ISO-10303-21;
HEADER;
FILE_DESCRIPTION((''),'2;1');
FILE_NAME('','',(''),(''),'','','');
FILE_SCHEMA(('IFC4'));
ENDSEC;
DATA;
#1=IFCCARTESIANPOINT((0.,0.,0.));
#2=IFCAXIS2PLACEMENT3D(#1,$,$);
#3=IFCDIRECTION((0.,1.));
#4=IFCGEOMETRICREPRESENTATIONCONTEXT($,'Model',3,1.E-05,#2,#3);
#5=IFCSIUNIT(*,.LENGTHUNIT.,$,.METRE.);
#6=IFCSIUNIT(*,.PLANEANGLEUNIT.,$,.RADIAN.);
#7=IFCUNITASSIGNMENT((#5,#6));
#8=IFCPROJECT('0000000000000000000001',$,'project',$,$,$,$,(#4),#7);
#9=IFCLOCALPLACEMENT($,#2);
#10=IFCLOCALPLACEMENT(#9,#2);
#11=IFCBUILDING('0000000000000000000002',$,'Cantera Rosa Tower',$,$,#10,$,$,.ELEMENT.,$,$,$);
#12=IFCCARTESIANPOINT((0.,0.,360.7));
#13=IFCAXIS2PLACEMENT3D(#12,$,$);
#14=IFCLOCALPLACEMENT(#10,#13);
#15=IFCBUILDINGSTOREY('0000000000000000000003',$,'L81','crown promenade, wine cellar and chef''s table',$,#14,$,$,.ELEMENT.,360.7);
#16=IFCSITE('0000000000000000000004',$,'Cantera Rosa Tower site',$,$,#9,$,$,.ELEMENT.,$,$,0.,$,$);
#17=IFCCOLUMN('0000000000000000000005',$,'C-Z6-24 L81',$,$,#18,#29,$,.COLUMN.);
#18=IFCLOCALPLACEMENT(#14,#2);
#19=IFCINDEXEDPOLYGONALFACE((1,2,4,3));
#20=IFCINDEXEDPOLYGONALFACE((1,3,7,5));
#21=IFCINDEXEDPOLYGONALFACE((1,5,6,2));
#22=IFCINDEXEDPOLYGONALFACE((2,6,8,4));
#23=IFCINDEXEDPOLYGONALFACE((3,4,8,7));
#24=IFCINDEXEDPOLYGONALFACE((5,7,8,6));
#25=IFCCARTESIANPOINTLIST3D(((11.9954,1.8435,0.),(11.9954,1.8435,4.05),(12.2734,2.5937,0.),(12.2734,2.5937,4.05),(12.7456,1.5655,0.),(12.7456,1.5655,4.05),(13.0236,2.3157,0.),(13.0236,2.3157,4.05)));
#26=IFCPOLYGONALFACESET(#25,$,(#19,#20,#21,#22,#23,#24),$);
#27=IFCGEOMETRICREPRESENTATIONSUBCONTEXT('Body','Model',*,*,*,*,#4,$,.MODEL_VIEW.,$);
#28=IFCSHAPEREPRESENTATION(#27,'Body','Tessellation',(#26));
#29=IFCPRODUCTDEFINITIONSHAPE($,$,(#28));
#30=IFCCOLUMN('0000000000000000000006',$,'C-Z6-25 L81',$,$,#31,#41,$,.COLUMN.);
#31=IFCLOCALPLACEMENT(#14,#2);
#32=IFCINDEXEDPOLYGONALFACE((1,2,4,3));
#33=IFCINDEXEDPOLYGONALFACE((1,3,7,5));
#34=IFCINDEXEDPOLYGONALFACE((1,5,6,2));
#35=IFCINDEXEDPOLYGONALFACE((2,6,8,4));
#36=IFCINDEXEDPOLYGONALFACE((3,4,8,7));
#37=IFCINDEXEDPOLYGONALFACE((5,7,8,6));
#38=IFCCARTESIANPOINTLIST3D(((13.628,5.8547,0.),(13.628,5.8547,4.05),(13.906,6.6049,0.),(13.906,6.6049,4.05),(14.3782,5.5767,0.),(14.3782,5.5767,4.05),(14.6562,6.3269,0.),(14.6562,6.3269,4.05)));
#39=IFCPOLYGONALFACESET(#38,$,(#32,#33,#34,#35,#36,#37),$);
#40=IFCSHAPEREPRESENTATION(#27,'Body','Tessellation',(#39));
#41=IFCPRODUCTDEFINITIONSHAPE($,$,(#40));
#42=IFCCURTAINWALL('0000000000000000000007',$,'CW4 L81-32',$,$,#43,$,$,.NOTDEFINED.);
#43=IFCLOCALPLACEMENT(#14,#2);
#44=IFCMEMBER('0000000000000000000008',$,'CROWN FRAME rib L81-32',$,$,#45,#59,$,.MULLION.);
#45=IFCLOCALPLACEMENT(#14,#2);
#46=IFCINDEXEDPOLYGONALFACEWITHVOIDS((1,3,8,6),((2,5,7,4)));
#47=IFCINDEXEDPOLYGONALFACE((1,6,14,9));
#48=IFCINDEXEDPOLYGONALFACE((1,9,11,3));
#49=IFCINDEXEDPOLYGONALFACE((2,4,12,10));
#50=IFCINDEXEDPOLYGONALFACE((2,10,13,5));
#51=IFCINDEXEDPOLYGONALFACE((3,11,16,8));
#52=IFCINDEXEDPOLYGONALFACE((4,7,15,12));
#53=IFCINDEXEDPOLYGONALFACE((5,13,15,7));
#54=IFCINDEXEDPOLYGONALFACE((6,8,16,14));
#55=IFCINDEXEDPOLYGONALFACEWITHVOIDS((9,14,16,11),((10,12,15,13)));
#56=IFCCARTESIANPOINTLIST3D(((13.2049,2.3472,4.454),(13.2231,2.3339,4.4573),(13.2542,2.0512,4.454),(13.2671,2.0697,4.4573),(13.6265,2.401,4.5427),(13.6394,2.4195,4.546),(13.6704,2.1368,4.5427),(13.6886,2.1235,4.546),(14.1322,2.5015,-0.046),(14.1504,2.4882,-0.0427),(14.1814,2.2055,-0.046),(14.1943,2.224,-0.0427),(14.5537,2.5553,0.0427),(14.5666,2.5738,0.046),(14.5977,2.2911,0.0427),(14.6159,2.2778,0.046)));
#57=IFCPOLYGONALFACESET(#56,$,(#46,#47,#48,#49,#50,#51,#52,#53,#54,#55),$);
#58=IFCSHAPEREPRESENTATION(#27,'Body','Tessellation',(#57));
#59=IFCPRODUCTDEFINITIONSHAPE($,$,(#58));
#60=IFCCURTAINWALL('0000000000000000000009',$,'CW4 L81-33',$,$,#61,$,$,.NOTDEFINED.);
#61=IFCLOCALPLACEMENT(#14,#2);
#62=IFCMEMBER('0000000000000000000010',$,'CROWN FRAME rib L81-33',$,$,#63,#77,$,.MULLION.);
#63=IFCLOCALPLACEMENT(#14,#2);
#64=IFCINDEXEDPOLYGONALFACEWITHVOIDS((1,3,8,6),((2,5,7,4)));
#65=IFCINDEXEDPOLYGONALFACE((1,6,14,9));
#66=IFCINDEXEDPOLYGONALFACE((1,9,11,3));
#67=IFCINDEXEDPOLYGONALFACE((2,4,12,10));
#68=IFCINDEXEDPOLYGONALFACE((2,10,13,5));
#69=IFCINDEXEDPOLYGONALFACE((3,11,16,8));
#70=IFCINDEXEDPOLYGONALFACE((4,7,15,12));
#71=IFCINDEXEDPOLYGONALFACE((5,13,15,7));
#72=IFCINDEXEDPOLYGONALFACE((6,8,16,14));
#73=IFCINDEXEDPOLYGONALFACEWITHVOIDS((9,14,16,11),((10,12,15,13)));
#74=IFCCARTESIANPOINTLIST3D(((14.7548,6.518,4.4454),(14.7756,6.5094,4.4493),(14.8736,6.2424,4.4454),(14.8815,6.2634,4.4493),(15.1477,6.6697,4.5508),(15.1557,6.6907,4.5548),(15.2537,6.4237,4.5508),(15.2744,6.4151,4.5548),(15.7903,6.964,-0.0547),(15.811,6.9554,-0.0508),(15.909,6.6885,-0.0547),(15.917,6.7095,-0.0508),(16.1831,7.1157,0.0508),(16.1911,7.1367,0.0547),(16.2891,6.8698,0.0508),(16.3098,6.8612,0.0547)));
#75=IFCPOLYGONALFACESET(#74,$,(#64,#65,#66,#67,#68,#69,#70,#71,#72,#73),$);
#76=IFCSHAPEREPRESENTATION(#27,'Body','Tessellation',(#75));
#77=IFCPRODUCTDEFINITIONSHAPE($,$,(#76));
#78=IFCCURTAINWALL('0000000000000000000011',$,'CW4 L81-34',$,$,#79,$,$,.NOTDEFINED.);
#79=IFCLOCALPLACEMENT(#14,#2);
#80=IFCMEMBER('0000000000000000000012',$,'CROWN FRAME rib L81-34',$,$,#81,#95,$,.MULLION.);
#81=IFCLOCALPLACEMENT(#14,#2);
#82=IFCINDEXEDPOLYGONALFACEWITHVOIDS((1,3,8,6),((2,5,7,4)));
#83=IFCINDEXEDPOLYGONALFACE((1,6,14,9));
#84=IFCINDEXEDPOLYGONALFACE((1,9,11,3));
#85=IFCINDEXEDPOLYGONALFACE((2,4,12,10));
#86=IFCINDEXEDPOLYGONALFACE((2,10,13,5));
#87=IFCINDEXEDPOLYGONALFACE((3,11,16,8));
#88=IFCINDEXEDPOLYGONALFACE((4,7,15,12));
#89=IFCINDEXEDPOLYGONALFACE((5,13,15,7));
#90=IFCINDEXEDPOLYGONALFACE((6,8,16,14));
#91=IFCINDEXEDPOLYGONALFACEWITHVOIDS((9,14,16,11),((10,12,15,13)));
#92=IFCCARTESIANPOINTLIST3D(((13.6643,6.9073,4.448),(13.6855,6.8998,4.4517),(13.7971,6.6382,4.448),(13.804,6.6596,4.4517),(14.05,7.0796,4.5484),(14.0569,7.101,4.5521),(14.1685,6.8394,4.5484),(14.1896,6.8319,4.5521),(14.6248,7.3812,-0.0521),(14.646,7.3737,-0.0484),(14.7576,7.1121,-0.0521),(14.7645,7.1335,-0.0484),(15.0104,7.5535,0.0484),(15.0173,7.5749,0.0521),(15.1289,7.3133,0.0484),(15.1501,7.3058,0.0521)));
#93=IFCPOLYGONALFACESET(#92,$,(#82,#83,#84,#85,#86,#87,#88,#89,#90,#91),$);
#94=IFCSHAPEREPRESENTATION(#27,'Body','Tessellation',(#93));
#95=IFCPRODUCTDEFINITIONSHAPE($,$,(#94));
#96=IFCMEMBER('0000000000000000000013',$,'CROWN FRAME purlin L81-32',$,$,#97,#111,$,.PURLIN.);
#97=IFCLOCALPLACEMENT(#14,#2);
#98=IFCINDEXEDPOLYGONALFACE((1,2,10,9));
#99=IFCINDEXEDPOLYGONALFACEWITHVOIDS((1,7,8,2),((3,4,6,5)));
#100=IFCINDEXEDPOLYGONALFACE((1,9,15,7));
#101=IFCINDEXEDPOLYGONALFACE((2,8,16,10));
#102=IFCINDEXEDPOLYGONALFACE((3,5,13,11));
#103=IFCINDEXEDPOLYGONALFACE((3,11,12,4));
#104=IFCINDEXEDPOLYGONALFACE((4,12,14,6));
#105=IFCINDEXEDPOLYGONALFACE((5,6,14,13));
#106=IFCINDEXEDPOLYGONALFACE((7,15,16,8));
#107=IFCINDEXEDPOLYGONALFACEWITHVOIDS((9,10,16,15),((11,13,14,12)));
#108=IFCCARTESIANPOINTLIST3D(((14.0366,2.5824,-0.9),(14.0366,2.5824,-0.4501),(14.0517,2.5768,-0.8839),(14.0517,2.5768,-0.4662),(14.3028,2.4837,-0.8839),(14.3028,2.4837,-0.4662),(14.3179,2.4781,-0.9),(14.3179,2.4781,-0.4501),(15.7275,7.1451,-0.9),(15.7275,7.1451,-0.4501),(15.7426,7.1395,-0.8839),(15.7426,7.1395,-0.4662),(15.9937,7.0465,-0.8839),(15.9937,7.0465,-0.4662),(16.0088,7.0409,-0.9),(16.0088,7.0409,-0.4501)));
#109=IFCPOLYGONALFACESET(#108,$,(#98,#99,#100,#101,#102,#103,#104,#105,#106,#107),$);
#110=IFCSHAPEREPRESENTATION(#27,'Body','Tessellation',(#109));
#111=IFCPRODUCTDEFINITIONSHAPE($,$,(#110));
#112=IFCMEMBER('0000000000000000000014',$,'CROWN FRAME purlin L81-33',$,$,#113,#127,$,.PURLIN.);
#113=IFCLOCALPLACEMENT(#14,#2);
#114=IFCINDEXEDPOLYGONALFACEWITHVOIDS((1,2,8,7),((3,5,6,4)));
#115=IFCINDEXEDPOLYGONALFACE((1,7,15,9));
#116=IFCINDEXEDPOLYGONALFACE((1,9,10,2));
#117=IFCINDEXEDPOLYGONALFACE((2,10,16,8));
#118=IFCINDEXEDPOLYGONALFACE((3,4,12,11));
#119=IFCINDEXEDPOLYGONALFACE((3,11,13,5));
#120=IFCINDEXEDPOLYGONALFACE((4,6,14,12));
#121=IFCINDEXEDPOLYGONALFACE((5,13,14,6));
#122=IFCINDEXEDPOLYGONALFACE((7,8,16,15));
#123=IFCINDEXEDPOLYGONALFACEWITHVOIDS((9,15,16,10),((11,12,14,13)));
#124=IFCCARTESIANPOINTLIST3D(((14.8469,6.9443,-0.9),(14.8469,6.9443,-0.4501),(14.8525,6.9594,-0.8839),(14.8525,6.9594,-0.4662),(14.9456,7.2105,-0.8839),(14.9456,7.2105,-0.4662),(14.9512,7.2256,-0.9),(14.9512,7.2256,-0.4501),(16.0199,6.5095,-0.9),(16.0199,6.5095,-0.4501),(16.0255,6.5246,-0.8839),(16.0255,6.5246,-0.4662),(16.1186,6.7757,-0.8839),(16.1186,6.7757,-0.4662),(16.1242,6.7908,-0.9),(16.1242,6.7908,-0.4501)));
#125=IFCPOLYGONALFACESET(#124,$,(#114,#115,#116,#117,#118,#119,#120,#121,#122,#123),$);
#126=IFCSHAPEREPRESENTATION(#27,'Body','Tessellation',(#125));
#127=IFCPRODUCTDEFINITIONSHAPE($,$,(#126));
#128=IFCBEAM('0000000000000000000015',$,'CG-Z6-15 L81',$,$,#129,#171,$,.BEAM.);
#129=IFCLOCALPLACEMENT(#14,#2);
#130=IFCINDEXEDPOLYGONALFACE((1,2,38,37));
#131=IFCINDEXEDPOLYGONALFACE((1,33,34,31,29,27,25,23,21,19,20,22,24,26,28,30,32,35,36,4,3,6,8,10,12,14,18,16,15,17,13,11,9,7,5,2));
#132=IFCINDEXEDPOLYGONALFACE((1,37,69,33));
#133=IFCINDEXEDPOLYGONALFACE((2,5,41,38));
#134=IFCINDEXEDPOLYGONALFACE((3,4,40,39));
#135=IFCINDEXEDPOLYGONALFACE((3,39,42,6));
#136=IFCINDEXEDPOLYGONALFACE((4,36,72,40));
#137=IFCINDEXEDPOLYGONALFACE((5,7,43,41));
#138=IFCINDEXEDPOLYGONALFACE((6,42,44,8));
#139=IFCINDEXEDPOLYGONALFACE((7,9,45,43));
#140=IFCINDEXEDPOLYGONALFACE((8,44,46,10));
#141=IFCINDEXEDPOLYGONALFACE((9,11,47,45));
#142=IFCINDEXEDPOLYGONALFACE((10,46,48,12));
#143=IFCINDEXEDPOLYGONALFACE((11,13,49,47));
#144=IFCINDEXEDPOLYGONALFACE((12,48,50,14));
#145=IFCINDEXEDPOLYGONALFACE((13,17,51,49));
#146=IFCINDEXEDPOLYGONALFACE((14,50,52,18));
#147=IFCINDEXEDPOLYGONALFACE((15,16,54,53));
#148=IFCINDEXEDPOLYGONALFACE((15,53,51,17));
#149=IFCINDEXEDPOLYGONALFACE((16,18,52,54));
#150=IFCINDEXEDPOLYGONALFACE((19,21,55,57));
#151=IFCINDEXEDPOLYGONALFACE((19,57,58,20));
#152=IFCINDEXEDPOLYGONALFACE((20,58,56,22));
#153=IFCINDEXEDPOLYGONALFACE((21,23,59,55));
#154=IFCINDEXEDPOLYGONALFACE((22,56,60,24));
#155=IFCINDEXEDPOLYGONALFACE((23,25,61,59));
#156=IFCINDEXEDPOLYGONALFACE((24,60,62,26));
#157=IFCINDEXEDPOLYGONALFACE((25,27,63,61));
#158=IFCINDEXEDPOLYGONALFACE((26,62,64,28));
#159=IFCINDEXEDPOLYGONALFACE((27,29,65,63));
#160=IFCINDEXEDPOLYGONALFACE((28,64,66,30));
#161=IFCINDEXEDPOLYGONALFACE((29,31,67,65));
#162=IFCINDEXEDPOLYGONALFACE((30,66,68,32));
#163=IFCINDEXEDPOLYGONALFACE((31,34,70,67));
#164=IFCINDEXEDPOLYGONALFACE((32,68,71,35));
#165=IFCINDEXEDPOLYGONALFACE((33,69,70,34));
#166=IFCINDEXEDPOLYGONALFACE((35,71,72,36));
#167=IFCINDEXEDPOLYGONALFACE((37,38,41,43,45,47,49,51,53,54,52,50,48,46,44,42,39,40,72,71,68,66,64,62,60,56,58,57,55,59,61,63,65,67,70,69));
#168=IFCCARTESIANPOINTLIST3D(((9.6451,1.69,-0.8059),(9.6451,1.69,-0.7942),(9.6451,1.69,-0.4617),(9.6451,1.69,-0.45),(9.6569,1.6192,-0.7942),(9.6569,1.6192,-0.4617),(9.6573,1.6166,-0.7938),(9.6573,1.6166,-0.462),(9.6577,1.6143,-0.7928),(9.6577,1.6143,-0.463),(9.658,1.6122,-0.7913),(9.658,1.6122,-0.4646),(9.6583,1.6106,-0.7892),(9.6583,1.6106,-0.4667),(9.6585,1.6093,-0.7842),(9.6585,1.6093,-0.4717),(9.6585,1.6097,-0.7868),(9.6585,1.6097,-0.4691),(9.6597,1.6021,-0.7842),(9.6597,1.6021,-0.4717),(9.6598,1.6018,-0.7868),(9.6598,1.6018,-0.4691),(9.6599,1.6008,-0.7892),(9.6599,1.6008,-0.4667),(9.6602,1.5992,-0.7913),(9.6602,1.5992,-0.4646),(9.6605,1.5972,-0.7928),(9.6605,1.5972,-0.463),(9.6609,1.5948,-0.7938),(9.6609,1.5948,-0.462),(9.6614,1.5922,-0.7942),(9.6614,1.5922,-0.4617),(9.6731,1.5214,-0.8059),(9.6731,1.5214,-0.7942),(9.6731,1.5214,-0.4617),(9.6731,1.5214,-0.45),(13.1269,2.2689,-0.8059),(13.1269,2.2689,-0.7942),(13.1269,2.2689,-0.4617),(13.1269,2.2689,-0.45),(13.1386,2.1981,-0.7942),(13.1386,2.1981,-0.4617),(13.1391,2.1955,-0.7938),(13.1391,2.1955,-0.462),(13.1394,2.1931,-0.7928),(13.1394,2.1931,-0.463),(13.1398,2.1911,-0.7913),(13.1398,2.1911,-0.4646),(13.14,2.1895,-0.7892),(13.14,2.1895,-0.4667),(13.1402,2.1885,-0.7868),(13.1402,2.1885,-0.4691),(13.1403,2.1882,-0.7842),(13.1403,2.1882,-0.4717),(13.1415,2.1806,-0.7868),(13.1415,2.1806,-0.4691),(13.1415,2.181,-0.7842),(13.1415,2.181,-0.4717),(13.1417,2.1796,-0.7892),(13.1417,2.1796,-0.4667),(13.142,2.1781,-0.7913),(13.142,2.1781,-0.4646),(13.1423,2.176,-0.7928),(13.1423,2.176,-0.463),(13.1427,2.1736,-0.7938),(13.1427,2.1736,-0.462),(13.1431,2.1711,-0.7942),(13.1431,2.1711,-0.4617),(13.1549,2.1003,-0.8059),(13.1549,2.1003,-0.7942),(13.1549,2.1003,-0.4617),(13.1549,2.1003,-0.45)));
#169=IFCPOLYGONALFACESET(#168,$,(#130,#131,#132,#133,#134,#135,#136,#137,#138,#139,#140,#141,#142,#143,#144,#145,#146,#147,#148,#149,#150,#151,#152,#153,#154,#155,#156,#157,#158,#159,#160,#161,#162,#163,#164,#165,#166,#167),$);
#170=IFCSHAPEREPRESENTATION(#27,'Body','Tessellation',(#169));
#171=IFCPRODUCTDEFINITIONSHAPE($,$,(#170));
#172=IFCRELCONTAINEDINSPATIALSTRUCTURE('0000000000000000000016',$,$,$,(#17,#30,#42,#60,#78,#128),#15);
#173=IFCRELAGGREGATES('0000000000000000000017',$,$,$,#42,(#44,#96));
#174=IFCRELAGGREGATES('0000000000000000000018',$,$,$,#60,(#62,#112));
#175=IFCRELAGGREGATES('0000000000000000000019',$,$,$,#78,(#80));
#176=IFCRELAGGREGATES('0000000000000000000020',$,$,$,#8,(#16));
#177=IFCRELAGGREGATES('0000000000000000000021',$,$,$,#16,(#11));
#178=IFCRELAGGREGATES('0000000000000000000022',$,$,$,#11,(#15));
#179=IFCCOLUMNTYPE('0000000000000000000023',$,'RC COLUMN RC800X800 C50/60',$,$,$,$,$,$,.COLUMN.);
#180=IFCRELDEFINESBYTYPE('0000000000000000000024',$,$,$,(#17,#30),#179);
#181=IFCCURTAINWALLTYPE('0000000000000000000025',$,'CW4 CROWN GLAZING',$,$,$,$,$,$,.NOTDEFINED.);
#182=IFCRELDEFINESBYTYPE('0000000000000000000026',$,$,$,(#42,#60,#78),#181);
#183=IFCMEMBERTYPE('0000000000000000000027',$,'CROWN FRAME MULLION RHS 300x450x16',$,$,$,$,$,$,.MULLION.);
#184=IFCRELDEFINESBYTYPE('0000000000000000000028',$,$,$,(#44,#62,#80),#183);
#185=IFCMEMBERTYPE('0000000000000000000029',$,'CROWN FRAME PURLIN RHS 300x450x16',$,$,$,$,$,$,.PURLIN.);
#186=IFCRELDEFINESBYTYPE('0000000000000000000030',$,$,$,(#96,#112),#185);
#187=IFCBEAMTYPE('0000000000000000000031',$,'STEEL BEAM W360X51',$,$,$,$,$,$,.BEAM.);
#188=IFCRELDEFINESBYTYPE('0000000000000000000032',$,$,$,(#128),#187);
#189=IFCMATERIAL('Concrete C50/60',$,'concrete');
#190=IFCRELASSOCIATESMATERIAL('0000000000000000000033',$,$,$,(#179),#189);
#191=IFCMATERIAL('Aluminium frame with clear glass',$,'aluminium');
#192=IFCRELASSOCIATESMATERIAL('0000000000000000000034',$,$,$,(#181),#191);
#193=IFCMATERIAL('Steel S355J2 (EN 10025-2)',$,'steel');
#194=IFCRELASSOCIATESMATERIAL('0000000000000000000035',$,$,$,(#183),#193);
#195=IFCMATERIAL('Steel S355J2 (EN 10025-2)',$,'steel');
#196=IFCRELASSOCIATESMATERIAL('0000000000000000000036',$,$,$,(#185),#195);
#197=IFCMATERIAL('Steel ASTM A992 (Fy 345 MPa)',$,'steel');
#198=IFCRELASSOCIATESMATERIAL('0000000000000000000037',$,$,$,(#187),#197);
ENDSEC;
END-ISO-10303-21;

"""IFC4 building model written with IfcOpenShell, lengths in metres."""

from ifc_helpers import new_model, si_unit, direction, frame, origin, origin_2d, place, context, subcontext, project, spatial, rectangle, hollow_rectangle, i_section, extrude, material, material_profile, profile_set, type_object, element, aggregate, save


model = new_model("IFC4")

# Units and contexts
model_context = context("Model", 3, precision=1e-05, world=origin(), true_north=direction((0.0, 1.0)))
body_context = subcontext(model_context, "Body", "Model", "MODEL_VIEW")
ifc_project = project(units=[si_unit("LENGTHUNIT", "METRE"), si_unit("PLANEANGLEUNIT", "RADIAN")], contexts=[model_context])

# Site, building, storey
site_placement = place(None, origin())
site = spatial("IfcSite", under=ifc_project, at=site_placement, Name="Cantera Rosa Tower site", CompositionType="ELEMENT", RefElevation=0.0)
building_placement = place(site_placement, origin())
building = spatial("IfcBuilding", under=site, at=building_placement, Name="Cantera Rosa Tower", CompositionType="ELEMENT")
storey_placement = place(building_placement, frame((0.0, 0.0, 360.7)))
storey = spatial("IfcBuildingStorey", under=building, at=storey_placement, Name="L81", Description="crown promenade, wine cellar and chef's table", CompositionType="ELEMENT", Elevation=360.7)

# Columns
ifc_material_1 = material(Name="Concrete C50/60", Category="concrete")
ifc_material_profile_1 = material_profile(ifc_material_1, rectangle(XDim=0.8, YDim=0.8, at=origin_2d()), Name="RC COLUMN RC800X800 C50/60")
ifc_profile_set_1 = profile_set([ifc_material_profile_1], Name="Concrete C50/60")
column_type = type_object("IfcColumnType", Name="RC COLUMN RC800X800 C50/60", PredefinedType="COLUMN", material=ifc_profile_set_1)
for number, where, z_axis, x_axis, name in (
    (1, (12.5095, 2.0796, 0.0), (0.0, 0.0, 1.0), (0.347481, 0.937687, 0.0), "C-Z6-24 L81"),
    (2, (14.1421, 6.0908, 0.0), (0.0, 0.0, 1.0), (0.347481, 0.937687, 0.0), "C-Z6-25 L81"),
):
    element("IfcColumn", number, at=place(storey_placement, frame(where, z_axis=z_axis, x_axis=x_axis)), inside=storey, type_object=column_type, Name=name, PredefinedType="COLUMN", context=body_context, shape_type="SweptSolid", body=[
        extrude(rectangle(XDim=0.8, YDim=0.8, at=origin_2d()), origin(), (0.0, 0.0, 1.0), 4.05),
    ])

# Curtain walls, members
ifc_material_2 = material(Name="Aluminium frame with clear glass", Category="aluminium")
curtain_wall_type = type_object("IfcCurtainWallType", Name="CW4 CROWN GLAZING", PredefinedType="NOTDEFINED", material=ifc_material_2)
curtain_wall_1_placement = place(storey_placement, origin())
curtain_wall_1 = element("IfcCurtainWall", 3, at=curtain_wall_1_placement, inside=storey, type_object=curtain_wall_type, Name="CW4 L81-32", PredefinedType="NOTDEFINED")
ifc_material_3 = material(Name="Steel S355J2 (EN 10025-2)", Category="steel")
ifc_material_profile_2 = material_profile(ifc_material_3, hollow_rectangle(XDim=0.3, YDim=0.45, WallThickness=0.0161, at=origin_2d()), Name="CROWN FRAME MULLION RHS 300x450x16")
ifc_profile_set_2 = profile_set([ifc_material_profile_2], Name="Steel S355J2 (EN 10025-2)")
member_type_1 = type_object("IfcMemberType", Name="CROWN FRAME MULLION RHS 300x450x16", PredefinedType="MULLION", material=ifc_profile_set_2)
member_1_placement = place(storey_placement, frame((14.374, 2.3896, 0.0), z_axis=(-0.201701, -0.033564, 0.978872), x_axis=(0.164146, -0.986436, 0.0)))
member_1 = element("IfcMember", 4, at=member_1_placement, type_object=member_type_1, Name="CROWN FRAME rib L81-32", PredefinedType="MULLION", context=body_context, shape_type="SweptSolid", body=[
    extrude(hollow_rectangle(XDim=0.3, YDim=0.45, WallThickness=0.0161, at=origin_2d()), origin(), (0.0, 0.0, 1.0), 4.5972),
])
curtain_wall_2_placement = place(storey_placement, origin())
curtain_wall_2 = element("IfcCurtainWall", 5, at=curtain_wall_2_placement, inside=storey, type_object=curtain_wall_type, Name="CW4 L81-33", PredefinedType="NOTDEFINED")
member_2_placement = place(storey_placement, frame((16.05, 6.9126, 0.0), z_axis=(-0.223191, -0.09615, 0.970021), x_axis=(0.395644, -0.918404, 0.0)))
member_2 = element("IfcMember", 6, at=member_2_placement, type_object=member_type_1, Name="CROWN FRAME rib L81-33", PredefinedType="MULLION", context=body_context, shape_type="SweptSolid", body=[
    extrude(hollow_rectangle(XDim=0.3, YDim=0.45, WallThickness=0.0161, at=origin_2d()), origin(), (0.0, 0.0, 1.0), 4.6392),
])
curtain_wall_3_placement = place(storey_placement, origin())
curtain_wall_3 = element("IfcCurtainWall", 7, at=curtain_wall_3_placement, inside=storey, type_object=curtain_wall_type, Name="CW4 L81-34", PredefinedType="NOTDEFINED")
member_3_placement = place(storey_placement, frame((14.8875, 7.3435, 0.0), z_axis=(-0.207634, -0.102445, 0.972828), x_axis=(0.442466, -0.896785, 0.0)))
member_3 = element("IfcMember", 8, at=member_3_placement, type_object=member_type_1, Name="CROWN FRAME rib L81-34", PredefinedType="MULLION", context=body_context, shape_type="SweptSolid", body=[
    extrude(hollow_rectangle(XDim=0.3, YDim=0.45, WallThickness=0.0161, at=origin_2d()), origin(), (0.0, 0.0, 1.0), 4.6257),
])

# Members
ifc_material_4 = material(Name="Steel S355J2 (EN 10025-2)", Category="steel")
ifc_material_profile_3 = material_profile(ifc_material_4, hollow_rectangle(XDim=0.3, YDim=0.45, WallThickness=0.0161, at=origin_2d()), Name="CROWN FRAME PURLIN RHS 300x450x16")
ifc_profile_set_3 = profile_set([ifc_material_profile_3], Name="Steel S355J2 (EN 10025-2)")
member_type_2 = type_object("IfcMemberType", Name="CROWN FRAME PURLIN RHS 300x450x16", PredefinedType="PURLIN", material=ifc_profile_set_3)
member_4_placement = place(storey_placement, frame((14.1772, 2.5303, -0.675), z_axis=(0.347497, 0.937681, 0.0), x_axis=(-0.937681, 0.347497, 0.0)))
member_4 = element("IfcMember", 9, at=member_4_placement, type_object=member_type_2, Name="CROWN FRAME purlin L81-32", PredefinedType="PURLIN", context=body_context, shape_type="SweptSolid", body=[
    extrude(hollow_rectangle(XDim=0.3, YDim=0.45, WallThickness=0.0161, at=origin_2d()), origin(), (0.0, 0.0, 1.0), 4.866),
])
member_5_placement = place(storey_placement, frame((16.072, 6.6501, -0.675), z_axis=(-0.937662, 0.34755, 0.0), x_axis=(-0.34755, -0.937662, 0.0)))
member_5 = element("IfcMember", 10, at=member_5_placement, type_object=member_type_2, Name="CROWN FRAME purlin L81-33", PredefinedType="PURLIN", context=body_context, shape_type="SweptSolid", body=[
    extrude(hollow_rectangle(XDim=0.3, YDim=0.45, WallThickness=0.0161, at=origin_2d()), origin(), (0.0, 0.0, 1.0), 1.251),
])

# Beam
ifc_material_5 = material(Name="Steel ASTM A992 (Fy 345 MPa)", Category="steel")
ifc_material_profile_4 = material_profile(ifc_material_5, i_section(OverallWidth=0.1709, OverallDepth=0.356, WebThickness=0.0073, FlangeThickness=0.0117, FilletRadius=0.01, at=origin_2d()), Name="W360X51")
ifc_profile_set_4 = profile_set([ifc_material_profile_4], Name="Steel ASTM A992 (Fy 345 MPa)")
beam_type_1 = type_object("IfcBeamType", Name="STEEL BEAM W360X51", PredefinedType="BEAM", material=ifc_profile_set_4)
beam_1_placement = place(storey_placement, frame((13.1409, 2.1846, -0.6279), z_axis=(-0.986459, -0.164006, 0.0), x_axis=(0.164006, -0.986459, 0.0)))
element("IfcBeam", 11, at=beam_1_placement, inside=storey, type_object=beam_type_1, Name="CG-Z6-15 L81", PredefinedType="BEAM", context=body_context, shape_type="SweptSolid", body=[
    extrude(i_section(OverallWidth=0.1709, OverallDepth=0.356, WebThickness=0.0073, FlangeThickness=0.0117, FilletRadius=0.01, at=origin_2d()), origin(), (0.0, 0.0, 1.0), 3.5295),
])

aggregate(curtain_wall_1, [member_1, member_4])
aggregate(curtain_wall_2, [member_2, member_5])
aggregate(curtain_wall_3, [member_3])

save(model, "model.ifc")
